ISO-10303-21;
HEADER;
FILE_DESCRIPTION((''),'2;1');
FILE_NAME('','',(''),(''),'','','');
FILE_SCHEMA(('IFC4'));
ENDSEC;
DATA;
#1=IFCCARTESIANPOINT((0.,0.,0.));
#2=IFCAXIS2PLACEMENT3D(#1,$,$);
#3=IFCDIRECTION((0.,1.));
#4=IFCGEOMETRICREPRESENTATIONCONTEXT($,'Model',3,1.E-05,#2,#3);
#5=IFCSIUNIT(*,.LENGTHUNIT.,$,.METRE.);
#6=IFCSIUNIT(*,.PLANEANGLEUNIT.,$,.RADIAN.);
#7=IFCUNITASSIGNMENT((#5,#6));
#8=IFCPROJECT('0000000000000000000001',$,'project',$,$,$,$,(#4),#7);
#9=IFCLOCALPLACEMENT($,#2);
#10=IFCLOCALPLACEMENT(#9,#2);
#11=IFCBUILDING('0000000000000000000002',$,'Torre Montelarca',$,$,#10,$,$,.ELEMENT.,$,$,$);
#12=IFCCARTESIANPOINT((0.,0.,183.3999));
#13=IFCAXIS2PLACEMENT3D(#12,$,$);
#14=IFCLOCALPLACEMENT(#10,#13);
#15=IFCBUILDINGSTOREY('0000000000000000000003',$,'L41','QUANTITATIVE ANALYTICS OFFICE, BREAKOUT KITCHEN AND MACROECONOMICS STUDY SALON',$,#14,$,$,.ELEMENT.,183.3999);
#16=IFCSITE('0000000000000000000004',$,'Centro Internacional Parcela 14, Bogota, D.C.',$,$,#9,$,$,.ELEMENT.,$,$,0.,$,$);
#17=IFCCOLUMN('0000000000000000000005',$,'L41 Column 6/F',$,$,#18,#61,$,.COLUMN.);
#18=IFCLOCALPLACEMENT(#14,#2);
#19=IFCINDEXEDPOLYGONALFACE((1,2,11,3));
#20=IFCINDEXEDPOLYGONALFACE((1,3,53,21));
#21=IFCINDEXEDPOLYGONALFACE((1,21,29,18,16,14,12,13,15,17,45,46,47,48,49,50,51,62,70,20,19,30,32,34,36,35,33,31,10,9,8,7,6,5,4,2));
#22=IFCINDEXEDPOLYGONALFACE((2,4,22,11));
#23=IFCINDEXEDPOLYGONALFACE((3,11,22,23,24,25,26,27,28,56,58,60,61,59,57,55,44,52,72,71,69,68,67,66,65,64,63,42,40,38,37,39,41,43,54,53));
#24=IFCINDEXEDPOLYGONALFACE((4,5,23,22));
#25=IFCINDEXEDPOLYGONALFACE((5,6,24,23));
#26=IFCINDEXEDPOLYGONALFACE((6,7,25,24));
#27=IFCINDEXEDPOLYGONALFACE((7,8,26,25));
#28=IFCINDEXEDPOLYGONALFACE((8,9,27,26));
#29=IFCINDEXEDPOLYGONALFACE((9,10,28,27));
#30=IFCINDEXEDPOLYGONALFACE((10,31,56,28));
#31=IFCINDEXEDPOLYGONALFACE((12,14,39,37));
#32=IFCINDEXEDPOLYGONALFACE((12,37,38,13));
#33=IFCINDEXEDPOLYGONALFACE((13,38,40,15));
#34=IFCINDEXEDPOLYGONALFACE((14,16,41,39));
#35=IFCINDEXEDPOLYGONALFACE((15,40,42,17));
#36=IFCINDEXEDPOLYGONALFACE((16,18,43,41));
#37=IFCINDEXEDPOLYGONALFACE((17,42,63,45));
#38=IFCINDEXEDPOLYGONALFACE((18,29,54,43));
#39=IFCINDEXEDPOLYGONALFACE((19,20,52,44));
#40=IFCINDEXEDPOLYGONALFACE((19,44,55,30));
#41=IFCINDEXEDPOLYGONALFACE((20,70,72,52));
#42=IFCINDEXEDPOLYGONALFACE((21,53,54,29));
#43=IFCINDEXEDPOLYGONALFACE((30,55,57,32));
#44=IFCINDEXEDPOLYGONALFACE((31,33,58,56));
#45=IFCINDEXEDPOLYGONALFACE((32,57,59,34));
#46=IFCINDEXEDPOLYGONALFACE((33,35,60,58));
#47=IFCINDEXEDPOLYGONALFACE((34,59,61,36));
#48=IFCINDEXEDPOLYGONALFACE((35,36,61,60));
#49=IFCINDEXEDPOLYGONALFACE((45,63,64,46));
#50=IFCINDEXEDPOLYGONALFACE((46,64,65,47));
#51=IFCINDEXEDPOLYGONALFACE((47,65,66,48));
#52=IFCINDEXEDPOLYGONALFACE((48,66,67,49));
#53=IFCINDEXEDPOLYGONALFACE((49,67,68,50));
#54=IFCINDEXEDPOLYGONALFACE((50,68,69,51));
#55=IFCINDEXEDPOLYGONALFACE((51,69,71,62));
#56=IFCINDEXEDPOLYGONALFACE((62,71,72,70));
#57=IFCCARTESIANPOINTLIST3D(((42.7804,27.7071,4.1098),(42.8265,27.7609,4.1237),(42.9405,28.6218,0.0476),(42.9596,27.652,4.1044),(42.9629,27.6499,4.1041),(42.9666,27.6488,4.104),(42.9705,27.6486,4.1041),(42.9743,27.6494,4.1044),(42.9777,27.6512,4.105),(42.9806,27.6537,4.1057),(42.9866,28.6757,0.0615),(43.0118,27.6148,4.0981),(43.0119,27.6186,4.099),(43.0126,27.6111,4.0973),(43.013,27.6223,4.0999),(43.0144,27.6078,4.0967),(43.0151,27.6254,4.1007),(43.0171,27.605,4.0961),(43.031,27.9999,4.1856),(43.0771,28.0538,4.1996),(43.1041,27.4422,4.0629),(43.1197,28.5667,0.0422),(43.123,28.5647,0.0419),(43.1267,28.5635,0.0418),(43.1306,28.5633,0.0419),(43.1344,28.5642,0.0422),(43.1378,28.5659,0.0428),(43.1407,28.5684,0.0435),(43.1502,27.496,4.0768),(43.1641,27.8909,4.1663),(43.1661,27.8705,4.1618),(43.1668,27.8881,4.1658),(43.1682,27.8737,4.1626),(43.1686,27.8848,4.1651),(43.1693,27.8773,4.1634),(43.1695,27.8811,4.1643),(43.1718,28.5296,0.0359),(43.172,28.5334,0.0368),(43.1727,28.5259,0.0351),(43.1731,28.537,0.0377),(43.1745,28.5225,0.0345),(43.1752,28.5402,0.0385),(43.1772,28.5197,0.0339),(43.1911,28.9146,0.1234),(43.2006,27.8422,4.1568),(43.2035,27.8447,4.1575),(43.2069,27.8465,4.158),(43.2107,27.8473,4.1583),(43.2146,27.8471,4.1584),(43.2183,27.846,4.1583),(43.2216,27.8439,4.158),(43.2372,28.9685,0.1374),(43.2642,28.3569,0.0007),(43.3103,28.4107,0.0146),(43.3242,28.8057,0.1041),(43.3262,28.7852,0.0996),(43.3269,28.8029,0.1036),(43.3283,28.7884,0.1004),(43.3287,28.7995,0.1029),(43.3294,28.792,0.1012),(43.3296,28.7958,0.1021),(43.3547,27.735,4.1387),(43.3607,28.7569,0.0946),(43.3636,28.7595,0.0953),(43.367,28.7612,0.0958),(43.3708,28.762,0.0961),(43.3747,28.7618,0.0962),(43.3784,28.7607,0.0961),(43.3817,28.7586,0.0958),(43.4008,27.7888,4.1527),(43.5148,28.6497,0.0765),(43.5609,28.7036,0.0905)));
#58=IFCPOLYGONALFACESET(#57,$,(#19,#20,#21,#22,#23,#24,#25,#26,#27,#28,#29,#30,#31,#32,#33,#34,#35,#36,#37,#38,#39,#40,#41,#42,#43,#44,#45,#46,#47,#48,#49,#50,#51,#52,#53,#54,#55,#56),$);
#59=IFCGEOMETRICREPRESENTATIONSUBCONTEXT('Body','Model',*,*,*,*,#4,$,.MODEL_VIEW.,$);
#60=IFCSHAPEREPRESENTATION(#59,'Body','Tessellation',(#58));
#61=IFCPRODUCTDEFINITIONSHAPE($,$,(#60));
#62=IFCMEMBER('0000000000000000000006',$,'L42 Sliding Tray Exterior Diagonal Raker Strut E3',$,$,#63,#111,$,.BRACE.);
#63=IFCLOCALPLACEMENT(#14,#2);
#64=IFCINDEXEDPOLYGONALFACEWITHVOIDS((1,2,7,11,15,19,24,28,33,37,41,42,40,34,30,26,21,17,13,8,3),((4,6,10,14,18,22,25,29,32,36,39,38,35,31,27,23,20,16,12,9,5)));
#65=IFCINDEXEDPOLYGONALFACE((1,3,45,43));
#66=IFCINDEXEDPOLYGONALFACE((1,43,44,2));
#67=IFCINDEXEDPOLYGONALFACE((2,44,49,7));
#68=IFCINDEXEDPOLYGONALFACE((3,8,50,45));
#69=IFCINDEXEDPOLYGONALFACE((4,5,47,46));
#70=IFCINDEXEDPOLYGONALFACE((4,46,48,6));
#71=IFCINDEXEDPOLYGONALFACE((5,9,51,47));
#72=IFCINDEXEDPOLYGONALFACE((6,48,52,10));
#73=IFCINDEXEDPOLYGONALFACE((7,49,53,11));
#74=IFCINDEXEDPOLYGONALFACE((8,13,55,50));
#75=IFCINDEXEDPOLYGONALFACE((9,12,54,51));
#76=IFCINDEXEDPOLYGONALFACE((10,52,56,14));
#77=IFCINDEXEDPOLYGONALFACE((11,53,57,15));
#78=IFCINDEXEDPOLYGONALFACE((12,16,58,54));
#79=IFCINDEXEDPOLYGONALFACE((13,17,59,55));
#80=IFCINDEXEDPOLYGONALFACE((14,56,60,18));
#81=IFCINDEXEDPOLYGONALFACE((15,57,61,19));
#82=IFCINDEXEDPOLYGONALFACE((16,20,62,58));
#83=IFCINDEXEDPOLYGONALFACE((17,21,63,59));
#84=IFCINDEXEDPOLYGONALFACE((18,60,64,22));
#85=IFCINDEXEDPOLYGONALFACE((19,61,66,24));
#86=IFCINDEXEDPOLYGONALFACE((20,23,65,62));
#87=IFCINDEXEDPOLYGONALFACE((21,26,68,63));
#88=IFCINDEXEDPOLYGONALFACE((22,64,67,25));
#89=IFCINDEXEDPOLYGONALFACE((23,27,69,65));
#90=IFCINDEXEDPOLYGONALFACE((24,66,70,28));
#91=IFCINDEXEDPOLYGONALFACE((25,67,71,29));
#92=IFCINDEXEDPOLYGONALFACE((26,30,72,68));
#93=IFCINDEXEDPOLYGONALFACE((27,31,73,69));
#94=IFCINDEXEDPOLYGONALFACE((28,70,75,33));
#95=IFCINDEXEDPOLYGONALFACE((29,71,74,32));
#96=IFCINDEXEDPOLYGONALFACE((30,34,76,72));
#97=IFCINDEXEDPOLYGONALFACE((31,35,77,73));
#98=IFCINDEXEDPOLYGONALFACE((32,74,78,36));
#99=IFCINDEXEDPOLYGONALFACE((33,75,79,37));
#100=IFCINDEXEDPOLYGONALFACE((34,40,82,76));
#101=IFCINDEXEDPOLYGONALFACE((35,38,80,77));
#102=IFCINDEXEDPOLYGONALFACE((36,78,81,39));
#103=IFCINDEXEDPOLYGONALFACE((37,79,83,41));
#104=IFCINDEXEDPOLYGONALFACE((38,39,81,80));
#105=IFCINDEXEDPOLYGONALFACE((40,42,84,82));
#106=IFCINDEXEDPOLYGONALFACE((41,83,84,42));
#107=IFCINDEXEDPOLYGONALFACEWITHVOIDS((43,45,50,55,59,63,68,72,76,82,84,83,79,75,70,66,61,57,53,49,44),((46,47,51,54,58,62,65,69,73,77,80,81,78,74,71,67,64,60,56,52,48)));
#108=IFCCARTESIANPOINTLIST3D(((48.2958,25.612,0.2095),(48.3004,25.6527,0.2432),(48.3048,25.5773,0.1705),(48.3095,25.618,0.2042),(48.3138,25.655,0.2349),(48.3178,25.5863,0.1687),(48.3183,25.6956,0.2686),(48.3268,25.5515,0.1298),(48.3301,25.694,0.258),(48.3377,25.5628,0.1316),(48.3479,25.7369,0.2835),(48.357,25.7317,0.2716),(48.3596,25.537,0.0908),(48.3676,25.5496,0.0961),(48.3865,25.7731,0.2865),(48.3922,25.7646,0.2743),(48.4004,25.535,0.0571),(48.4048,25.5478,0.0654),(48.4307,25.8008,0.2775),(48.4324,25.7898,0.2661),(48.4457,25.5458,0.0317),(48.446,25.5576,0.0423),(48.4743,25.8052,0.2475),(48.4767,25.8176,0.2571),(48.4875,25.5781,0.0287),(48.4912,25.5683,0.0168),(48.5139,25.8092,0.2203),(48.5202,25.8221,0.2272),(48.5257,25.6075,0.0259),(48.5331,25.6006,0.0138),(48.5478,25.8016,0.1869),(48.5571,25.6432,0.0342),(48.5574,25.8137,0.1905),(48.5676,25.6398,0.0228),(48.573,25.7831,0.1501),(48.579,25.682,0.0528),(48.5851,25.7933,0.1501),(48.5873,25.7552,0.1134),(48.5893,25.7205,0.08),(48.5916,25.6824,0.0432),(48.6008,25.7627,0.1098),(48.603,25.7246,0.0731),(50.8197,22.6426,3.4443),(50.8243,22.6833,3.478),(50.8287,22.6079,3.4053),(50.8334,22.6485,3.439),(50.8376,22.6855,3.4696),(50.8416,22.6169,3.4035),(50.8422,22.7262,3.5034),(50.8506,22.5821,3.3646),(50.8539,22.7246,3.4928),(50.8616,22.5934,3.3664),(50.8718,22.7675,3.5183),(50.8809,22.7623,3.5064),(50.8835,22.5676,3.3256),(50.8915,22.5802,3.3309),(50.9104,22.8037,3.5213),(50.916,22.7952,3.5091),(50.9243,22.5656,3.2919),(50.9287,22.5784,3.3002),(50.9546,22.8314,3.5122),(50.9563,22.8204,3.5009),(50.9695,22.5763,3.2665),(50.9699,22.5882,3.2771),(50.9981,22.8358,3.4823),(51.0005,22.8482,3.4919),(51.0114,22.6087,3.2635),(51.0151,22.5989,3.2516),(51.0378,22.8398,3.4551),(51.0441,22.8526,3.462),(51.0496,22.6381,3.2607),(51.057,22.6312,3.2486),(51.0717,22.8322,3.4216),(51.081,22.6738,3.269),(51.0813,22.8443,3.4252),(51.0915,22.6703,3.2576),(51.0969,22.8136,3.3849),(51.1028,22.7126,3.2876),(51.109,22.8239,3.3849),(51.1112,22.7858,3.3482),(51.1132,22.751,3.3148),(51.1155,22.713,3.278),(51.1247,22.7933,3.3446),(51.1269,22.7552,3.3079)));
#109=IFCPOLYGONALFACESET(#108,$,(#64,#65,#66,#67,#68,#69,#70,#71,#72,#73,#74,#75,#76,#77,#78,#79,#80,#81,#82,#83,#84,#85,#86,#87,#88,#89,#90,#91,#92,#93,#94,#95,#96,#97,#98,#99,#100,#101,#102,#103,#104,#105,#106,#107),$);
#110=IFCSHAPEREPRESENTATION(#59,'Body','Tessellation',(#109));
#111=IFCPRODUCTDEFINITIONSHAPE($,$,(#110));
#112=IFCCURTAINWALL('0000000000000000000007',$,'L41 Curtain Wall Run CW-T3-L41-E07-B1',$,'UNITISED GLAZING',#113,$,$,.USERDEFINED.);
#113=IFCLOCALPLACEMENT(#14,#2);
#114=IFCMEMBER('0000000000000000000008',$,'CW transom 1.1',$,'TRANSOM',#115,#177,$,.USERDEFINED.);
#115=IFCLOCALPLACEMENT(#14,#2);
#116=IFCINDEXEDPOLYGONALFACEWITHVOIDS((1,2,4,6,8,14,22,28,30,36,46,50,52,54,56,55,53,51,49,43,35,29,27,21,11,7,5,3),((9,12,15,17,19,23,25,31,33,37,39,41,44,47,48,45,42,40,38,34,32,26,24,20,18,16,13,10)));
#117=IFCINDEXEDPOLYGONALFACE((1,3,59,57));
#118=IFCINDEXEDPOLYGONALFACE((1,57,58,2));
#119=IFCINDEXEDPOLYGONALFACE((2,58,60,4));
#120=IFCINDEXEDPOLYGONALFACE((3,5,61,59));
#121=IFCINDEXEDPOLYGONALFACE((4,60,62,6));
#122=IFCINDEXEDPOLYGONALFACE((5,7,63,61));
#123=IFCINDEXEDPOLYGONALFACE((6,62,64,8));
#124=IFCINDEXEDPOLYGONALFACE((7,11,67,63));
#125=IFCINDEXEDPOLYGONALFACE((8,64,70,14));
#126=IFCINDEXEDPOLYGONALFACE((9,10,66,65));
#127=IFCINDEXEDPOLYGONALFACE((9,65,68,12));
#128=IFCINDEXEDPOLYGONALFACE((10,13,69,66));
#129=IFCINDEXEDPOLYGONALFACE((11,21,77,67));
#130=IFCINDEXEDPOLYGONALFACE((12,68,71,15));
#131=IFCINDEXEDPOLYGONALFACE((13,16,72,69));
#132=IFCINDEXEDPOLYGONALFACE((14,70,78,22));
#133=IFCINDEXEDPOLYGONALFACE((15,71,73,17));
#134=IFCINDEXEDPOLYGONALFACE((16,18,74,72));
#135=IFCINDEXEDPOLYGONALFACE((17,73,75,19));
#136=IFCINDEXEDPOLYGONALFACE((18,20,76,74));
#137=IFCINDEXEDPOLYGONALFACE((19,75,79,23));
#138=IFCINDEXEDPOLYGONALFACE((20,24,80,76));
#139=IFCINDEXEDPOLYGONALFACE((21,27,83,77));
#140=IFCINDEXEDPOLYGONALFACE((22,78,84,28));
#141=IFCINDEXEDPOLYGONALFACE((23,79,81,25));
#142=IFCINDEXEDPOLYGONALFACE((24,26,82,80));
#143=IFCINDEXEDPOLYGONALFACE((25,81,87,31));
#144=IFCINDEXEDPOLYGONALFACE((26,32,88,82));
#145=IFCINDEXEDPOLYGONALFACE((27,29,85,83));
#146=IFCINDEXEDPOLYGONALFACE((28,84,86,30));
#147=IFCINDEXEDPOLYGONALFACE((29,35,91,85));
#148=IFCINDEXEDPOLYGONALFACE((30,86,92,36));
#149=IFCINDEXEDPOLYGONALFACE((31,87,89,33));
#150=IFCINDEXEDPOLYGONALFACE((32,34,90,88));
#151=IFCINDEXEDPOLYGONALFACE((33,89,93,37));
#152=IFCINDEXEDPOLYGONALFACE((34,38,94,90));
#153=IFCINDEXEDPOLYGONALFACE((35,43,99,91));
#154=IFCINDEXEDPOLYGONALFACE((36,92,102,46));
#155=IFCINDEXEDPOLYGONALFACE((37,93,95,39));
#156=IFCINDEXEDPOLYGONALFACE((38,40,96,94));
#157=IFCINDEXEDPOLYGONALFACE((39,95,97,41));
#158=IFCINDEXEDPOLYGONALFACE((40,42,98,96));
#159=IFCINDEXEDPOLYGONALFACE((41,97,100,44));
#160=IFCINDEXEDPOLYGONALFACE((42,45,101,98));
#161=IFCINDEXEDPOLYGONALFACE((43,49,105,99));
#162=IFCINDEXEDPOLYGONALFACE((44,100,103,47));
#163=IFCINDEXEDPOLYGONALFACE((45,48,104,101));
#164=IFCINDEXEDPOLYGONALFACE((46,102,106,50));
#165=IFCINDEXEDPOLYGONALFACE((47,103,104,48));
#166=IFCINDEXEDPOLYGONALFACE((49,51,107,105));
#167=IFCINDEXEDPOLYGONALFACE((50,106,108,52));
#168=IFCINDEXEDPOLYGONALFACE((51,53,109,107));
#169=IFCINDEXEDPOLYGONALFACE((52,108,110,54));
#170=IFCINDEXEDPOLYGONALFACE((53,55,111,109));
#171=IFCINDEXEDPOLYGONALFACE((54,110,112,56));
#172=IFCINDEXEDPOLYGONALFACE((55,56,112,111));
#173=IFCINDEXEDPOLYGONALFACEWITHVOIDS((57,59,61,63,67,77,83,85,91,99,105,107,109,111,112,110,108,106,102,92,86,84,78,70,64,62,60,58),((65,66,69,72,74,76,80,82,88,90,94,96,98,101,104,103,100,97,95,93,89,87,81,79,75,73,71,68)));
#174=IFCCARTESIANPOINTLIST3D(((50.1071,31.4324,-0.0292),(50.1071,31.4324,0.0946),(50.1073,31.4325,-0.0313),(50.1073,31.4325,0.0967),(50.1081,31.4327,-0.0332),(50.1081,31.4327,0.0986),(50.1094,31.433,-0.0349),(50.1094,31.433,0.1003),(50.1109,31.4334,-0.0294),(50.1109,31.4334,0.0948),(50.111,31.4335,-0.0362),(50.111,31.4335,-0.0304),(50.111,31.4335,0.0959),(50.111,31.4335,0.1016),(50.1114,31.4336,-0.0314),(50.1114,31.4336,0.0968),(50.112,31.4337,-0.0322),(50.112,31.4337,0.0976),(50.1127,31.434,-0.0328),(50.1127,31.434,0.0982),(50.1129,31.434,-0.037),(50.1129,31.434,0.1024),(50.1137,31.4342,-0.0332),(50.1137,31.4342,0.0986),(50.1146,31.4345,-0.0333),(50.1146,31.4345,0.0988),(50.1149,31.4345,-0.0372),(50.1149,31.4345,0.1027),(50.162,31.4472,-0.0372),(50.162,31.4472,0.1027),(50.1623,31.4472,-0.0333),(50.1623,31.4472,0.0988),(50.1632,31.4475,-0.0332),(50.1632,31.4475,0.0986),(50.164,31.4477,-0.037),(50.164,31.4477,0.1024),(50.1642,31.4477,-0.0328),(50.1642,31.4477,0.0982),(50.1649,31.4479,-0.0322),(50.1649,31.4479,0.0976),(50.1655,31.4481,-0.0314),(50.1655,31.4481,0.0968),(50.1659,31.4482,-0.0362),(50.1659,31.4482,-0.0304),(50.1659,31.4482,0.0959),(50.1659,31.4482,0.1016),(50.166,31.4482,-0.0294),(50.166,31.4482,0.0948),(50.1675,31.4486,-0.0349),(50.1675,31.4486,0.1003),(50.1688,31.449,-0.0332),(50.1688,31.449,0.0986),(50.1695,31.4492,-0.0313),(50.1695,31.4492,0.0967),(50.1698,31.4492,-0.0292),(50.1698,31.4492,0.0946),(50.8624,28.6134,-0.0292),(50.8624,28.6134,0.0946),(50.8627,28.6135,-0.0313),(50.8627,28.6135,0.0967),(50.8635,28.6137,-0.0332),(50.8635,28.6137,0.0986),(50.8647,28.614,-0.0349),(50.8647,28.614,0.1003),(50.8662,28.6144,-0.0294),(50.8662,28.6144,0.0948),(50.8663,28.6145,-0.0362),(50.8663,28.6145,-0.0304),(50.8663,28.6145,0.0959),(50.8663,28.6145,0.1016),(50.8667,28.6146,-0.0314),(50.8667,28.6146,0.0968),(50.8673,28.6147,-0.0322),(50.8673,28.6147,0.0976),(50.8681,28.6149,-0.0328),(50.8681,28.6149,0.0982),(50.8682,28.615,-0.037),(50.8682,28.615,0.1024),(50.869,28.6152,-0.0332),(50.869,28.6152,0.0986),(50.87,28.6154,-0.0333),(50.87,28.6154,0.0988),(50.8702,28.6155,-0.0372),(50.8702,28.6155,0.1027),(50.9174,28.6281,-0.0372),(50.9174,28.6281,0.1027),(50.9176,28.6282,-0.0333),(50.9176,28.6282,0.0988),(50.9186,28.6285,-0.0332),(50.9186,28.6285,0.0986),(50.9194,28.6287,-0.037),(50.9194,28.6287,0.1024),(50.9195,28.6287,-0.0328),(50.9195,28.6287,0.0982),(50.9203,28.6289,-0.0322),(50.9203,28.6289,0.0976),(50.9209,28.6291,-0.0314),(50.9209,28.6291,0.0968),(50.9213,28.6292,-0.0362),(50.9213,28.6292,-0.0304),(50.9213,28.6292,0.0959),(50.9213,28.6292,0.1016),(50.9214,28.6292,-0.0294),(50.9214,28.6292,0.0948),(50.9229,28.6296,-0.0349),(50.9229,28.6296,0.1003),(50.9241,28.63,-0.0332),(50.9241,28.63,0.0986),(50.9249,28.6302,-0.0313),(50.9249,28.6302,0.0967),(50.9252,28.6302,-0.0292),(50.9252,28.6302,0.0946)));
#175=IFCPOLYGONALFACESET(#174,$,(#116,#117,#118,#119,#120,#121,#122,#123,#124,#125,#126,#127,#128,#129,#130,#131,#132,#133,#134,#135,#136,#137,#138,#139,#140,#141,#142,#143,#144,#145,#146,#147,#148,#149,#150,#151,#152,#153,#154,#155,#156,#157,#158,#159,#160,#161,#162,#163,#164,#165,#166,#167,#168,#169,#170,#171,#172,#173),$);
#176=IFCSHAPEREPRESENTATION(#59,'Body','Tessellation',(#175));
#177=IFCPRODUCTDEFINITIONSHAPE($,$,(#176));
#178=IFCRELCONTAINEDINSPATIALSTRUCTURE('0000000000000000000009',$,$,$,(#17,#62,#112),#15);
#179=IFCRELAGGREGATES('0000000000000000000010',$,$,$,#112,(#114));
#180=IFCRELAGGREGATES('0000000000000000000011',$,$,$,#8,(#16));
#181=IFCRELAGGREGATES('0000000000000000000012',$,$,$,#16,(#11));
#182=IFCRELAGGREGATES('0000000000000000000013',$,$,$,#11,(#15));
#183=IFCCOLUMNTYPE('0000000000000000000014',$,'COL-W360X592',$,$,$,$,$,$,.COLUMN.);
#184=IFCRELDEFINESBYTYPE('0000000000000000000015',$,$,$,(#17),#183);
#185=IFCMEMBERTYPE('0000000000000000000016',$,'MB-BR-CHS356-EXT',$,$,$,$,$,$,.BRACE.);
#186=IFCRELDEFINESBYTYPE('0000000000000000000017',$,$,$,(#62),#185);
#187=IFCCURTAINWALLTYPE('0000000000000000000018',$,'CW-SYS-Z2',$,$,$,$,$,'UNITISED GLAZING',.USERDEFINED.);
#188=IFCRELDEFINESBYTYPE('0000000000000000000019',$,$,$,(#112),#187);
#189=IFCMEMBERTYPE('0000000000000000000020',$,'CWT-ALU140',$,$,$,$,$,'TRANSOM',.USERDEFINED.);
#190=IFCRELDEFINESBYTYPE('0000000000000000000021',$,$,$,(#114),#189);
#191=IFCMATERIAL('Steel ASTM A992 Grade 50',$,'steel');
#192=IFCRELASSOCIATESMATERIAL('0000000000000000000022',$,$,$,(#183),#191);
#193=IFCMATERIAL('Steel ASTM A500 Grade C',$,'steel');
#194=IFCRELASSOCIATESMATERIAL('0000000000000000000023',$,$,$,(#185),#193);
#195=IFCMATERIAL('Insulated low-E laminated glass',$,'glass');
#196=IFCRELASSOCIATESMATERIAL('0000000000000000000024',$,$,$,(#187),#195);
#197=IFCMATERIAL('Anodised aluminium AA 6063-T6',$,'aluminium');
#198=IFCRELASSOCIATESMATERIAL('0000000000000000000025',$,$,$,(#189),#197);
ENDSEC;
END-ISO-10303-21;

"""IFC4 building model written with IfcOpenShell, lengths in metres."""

from ifc_helpers import new_model, si_unit, direction, frame, origin, origin_2d, place, context, subcontext, project, spatial, hollow_rectangle, hollow_circle, i_section, extrude, clip, halfspace, source, transform, mapped, material, material_profile, profile_set, type_object, element, aggregate, save


model = new_model("IFC4")

# Units and contexts
model_context = context("Model", 3, precision=1e-05, world=origin(), true_north=direction((0.0, 1.0)))
body_context = subcontext(model_context, "Body", "Model", "MODEL_VIEW")
ifc_project = project(units=[si_unit("LENGTHUNIT", "METRE"), si_unit("PLANEANGLEUNIT", "RADIAN")], contexts=[model_context])

# Site, building, storey
site_placement = place(None, origin())
site = spatial("IfcSite", under=ifc_project, at=site_placement, Name="Centro Internacional Parcela 14, Bogota, D.C.", CompositionType="ELEMENT", RefElevation=0.0)
building_placement = place(site_placement, origin())
building = spatial("IfcBuilding", under=site, at=building_placement, Name="Torre Montelarca", CompositionType="ELEMENT")
storey_placement = place(building_placement, frame((0.0, 0.0, 183.3999)))
storey = spatial("IfcBuildingStorey", under=building, at=storey_placement, Name="L41", Description="QUANTITATIVE ANALYTICS OFFICE, BREAKOUT KITCHEN AND MACROECONOMICS STUDY SALON", CompositionType="ELEMENT", Elevation=183.3999)

# Column
ifc_material_1 = material(Name="Steel ASTM A992 Grade 50", Category="steel")
ifc_material_profile_1 = material_profile(ifc_material_1, i_section(OverallWidth=0.4209, OverallDepth=0.4651, WebThickness=0.0449, FlangeThickness=0.0723, FilletRadius=0.0149, at=origin_2d()), Name="W360X592", Category="steel")
ifc_profile_set_1 = profile_set([ifc_material_profile_1], Name="Steel ASTM A992 Grade 50")
column_type_1 = type_object("IfcColumnType", Name="COL-W360X592", PredefinedType="COLUMN", material=ifc_profile_set_1)
column_1_placement = place(storey_placement, frame((43.2534, 28.6782, 0.0), z_axis=(-0.038418, -0.219517, 0.974852), x_axis=(-0.769031, 0.629425, 0.111427)))
element("IfcColumn", 1, at=column_1_placement, inside=storey, type_object=column_type_1, Name="L41 Column 6/F", PredefinedType="COLUMN", context=body_context, shape_type="Clipping", body=[
    clip(clip(extrude(i_section(OverallWidth=0.4209, OverallDepth=0.4651, WebThickness=0.0449, FlangeThickness=0.0723, FilletRadius=0.0149, at=origin_2d()), origin(), (0.0, 0.0, 1.0), 4.3086), halfspace(frame((0.0, 0.0, 0.0708), z_axis=(0.0, 0.0, -1.0), x_axis=(1.0, 0.0, 0.0)), False)), halfspace(frame((0.0, 0.0, 4.2378), z_axis=(0.0, 0.0, 1.0), x_axis=(1.0, 0.0, 0.0)), False)),
])

# Member
ifc_material_2 = material(Name="Steel ASTM A500 Grade C", Category="steel")
ifc_material_profile_2 = material_profile(ifc_material_2, hollow_circle(Radius=0.1777, WallThickness=0.0159, at=origin_2d()), Name="HSS355.6X15.9", Category="steel")
ifc_profile_set_2 = profile_set([ifc_material_profile_2], Name="Steel ASTM A500 Grade C")
member_type_1 = type_object("IfcMemberType", Name="MB-BR-CHS356-EXT", PredefinedType="BRACE", material=ifc_profile_set_2)
shared_shape_1 = source(origin(), body_context, "Body", "SweptSolid", [
    extrude(hollow_circle(Radius=0.1777, WallThickness=0.0159, at=origin_2d()), origin(), (0.0, 0.0, 1.0), 5.0647),
])
member_1_placement = place(storey_placement, frame((48.4497, 25.6782, 0.1501), z_axis=(0.498325, -0.586296, 0.638693), x_axis=(0.761956, 0.647628, 0.0)))
element("IfcMember", 2, at=member_1_placement, inside=storey, type_object=member_type_1, Name="L42 Sliding Tray Exterior Diagonal Raker Strut E3", PredefinedType="BRACE", context=body_context, shape_type="MappedRepresentation", body=[
    mapped(shared_shape_1, transform((0.0, 0.0, 0.0), scale=1.0)),
])

# Curtain wall, member
ifc_material_3 = material(Name="Insulated low-E laminated glass", Category="glass")
curtain_wall_type = type_object("IfcCurtainWallType", Name="CW-SYS-Z2", ElementType="UNITISED GLAZING", PredefinedType="USERDEFINED", material=ifc_material_3)
curtain_wall_1_placement = place(storey_placement, origin())
curtain_wall_1 = element("IfcCurtainWall", 3, at=curtain_wall_1_placement, inside=storey, type_object=curtain_wall_type, Name="L41 Curtain Wall Run CW-T3-L41-E07-B1", ObjectType="UNITISED GLAZING", PredefinedType="USERDEFINED")
ifc_material_4 = material(Name="Anodised aluminium AA 6063-T6", Category="aluminium")
ifc_material_profile_3 = material_profile(ifc_material_4, hollow_rectangle(XDim=0.0649, YDim=0.1399, WallThickness=0.0039, InnerFilletRadius=0.0039, OuterFilletRadius=0.0081, at=origin_2d()), Name="ALU65X140X4", Category="aluminium")
ifc_profile_set_3 = profile_set([ifc_material_profile_3], Name="Anodised aluminium AA 6063-T6")
member_type_2 = type_object("IfcMemberType", Name="CWT-ALU140", ElementType="TRANSOM", PredefinedType="USERDEFINED", material=ifc_profile_set_3)
shared_shape_2 = source(origin(), body_context, "Body", "SweptSolid", [
    extrude(hollow_rectangle(XDim=0.0649, YDim=0.1399, WallThickness=0.0039, InnerFilletRadius=0.0039, OuterFilletRadius=0.0081, at=origin_2d()), origin(), (0.0, 0.0, 1.0), 2.9185),
])
member_2_placement = place(storey_placement, frame((50.8938, 28.6218, 0.0327), z_axis=(-0.258818, 0.965926, 0.0), x_axis=(-0.965926, -0.258818, 0.0)))
member_2 = element("IfcMember", 4, at=member_2_placement, type_object=member_type_2, Name="CW transom 1.1", ObjectType="TRANSOM", PredefinedType="USERDEFINED", context=body_context, shape_type="MappedRepresentation", body=[
    mapped(shared_shape_2, transform((0.0, 0.0, 0.0), scale=1.0)),
])

aggregate(curtain_wall_1, [member_2])

save(model, "model.ifc")
